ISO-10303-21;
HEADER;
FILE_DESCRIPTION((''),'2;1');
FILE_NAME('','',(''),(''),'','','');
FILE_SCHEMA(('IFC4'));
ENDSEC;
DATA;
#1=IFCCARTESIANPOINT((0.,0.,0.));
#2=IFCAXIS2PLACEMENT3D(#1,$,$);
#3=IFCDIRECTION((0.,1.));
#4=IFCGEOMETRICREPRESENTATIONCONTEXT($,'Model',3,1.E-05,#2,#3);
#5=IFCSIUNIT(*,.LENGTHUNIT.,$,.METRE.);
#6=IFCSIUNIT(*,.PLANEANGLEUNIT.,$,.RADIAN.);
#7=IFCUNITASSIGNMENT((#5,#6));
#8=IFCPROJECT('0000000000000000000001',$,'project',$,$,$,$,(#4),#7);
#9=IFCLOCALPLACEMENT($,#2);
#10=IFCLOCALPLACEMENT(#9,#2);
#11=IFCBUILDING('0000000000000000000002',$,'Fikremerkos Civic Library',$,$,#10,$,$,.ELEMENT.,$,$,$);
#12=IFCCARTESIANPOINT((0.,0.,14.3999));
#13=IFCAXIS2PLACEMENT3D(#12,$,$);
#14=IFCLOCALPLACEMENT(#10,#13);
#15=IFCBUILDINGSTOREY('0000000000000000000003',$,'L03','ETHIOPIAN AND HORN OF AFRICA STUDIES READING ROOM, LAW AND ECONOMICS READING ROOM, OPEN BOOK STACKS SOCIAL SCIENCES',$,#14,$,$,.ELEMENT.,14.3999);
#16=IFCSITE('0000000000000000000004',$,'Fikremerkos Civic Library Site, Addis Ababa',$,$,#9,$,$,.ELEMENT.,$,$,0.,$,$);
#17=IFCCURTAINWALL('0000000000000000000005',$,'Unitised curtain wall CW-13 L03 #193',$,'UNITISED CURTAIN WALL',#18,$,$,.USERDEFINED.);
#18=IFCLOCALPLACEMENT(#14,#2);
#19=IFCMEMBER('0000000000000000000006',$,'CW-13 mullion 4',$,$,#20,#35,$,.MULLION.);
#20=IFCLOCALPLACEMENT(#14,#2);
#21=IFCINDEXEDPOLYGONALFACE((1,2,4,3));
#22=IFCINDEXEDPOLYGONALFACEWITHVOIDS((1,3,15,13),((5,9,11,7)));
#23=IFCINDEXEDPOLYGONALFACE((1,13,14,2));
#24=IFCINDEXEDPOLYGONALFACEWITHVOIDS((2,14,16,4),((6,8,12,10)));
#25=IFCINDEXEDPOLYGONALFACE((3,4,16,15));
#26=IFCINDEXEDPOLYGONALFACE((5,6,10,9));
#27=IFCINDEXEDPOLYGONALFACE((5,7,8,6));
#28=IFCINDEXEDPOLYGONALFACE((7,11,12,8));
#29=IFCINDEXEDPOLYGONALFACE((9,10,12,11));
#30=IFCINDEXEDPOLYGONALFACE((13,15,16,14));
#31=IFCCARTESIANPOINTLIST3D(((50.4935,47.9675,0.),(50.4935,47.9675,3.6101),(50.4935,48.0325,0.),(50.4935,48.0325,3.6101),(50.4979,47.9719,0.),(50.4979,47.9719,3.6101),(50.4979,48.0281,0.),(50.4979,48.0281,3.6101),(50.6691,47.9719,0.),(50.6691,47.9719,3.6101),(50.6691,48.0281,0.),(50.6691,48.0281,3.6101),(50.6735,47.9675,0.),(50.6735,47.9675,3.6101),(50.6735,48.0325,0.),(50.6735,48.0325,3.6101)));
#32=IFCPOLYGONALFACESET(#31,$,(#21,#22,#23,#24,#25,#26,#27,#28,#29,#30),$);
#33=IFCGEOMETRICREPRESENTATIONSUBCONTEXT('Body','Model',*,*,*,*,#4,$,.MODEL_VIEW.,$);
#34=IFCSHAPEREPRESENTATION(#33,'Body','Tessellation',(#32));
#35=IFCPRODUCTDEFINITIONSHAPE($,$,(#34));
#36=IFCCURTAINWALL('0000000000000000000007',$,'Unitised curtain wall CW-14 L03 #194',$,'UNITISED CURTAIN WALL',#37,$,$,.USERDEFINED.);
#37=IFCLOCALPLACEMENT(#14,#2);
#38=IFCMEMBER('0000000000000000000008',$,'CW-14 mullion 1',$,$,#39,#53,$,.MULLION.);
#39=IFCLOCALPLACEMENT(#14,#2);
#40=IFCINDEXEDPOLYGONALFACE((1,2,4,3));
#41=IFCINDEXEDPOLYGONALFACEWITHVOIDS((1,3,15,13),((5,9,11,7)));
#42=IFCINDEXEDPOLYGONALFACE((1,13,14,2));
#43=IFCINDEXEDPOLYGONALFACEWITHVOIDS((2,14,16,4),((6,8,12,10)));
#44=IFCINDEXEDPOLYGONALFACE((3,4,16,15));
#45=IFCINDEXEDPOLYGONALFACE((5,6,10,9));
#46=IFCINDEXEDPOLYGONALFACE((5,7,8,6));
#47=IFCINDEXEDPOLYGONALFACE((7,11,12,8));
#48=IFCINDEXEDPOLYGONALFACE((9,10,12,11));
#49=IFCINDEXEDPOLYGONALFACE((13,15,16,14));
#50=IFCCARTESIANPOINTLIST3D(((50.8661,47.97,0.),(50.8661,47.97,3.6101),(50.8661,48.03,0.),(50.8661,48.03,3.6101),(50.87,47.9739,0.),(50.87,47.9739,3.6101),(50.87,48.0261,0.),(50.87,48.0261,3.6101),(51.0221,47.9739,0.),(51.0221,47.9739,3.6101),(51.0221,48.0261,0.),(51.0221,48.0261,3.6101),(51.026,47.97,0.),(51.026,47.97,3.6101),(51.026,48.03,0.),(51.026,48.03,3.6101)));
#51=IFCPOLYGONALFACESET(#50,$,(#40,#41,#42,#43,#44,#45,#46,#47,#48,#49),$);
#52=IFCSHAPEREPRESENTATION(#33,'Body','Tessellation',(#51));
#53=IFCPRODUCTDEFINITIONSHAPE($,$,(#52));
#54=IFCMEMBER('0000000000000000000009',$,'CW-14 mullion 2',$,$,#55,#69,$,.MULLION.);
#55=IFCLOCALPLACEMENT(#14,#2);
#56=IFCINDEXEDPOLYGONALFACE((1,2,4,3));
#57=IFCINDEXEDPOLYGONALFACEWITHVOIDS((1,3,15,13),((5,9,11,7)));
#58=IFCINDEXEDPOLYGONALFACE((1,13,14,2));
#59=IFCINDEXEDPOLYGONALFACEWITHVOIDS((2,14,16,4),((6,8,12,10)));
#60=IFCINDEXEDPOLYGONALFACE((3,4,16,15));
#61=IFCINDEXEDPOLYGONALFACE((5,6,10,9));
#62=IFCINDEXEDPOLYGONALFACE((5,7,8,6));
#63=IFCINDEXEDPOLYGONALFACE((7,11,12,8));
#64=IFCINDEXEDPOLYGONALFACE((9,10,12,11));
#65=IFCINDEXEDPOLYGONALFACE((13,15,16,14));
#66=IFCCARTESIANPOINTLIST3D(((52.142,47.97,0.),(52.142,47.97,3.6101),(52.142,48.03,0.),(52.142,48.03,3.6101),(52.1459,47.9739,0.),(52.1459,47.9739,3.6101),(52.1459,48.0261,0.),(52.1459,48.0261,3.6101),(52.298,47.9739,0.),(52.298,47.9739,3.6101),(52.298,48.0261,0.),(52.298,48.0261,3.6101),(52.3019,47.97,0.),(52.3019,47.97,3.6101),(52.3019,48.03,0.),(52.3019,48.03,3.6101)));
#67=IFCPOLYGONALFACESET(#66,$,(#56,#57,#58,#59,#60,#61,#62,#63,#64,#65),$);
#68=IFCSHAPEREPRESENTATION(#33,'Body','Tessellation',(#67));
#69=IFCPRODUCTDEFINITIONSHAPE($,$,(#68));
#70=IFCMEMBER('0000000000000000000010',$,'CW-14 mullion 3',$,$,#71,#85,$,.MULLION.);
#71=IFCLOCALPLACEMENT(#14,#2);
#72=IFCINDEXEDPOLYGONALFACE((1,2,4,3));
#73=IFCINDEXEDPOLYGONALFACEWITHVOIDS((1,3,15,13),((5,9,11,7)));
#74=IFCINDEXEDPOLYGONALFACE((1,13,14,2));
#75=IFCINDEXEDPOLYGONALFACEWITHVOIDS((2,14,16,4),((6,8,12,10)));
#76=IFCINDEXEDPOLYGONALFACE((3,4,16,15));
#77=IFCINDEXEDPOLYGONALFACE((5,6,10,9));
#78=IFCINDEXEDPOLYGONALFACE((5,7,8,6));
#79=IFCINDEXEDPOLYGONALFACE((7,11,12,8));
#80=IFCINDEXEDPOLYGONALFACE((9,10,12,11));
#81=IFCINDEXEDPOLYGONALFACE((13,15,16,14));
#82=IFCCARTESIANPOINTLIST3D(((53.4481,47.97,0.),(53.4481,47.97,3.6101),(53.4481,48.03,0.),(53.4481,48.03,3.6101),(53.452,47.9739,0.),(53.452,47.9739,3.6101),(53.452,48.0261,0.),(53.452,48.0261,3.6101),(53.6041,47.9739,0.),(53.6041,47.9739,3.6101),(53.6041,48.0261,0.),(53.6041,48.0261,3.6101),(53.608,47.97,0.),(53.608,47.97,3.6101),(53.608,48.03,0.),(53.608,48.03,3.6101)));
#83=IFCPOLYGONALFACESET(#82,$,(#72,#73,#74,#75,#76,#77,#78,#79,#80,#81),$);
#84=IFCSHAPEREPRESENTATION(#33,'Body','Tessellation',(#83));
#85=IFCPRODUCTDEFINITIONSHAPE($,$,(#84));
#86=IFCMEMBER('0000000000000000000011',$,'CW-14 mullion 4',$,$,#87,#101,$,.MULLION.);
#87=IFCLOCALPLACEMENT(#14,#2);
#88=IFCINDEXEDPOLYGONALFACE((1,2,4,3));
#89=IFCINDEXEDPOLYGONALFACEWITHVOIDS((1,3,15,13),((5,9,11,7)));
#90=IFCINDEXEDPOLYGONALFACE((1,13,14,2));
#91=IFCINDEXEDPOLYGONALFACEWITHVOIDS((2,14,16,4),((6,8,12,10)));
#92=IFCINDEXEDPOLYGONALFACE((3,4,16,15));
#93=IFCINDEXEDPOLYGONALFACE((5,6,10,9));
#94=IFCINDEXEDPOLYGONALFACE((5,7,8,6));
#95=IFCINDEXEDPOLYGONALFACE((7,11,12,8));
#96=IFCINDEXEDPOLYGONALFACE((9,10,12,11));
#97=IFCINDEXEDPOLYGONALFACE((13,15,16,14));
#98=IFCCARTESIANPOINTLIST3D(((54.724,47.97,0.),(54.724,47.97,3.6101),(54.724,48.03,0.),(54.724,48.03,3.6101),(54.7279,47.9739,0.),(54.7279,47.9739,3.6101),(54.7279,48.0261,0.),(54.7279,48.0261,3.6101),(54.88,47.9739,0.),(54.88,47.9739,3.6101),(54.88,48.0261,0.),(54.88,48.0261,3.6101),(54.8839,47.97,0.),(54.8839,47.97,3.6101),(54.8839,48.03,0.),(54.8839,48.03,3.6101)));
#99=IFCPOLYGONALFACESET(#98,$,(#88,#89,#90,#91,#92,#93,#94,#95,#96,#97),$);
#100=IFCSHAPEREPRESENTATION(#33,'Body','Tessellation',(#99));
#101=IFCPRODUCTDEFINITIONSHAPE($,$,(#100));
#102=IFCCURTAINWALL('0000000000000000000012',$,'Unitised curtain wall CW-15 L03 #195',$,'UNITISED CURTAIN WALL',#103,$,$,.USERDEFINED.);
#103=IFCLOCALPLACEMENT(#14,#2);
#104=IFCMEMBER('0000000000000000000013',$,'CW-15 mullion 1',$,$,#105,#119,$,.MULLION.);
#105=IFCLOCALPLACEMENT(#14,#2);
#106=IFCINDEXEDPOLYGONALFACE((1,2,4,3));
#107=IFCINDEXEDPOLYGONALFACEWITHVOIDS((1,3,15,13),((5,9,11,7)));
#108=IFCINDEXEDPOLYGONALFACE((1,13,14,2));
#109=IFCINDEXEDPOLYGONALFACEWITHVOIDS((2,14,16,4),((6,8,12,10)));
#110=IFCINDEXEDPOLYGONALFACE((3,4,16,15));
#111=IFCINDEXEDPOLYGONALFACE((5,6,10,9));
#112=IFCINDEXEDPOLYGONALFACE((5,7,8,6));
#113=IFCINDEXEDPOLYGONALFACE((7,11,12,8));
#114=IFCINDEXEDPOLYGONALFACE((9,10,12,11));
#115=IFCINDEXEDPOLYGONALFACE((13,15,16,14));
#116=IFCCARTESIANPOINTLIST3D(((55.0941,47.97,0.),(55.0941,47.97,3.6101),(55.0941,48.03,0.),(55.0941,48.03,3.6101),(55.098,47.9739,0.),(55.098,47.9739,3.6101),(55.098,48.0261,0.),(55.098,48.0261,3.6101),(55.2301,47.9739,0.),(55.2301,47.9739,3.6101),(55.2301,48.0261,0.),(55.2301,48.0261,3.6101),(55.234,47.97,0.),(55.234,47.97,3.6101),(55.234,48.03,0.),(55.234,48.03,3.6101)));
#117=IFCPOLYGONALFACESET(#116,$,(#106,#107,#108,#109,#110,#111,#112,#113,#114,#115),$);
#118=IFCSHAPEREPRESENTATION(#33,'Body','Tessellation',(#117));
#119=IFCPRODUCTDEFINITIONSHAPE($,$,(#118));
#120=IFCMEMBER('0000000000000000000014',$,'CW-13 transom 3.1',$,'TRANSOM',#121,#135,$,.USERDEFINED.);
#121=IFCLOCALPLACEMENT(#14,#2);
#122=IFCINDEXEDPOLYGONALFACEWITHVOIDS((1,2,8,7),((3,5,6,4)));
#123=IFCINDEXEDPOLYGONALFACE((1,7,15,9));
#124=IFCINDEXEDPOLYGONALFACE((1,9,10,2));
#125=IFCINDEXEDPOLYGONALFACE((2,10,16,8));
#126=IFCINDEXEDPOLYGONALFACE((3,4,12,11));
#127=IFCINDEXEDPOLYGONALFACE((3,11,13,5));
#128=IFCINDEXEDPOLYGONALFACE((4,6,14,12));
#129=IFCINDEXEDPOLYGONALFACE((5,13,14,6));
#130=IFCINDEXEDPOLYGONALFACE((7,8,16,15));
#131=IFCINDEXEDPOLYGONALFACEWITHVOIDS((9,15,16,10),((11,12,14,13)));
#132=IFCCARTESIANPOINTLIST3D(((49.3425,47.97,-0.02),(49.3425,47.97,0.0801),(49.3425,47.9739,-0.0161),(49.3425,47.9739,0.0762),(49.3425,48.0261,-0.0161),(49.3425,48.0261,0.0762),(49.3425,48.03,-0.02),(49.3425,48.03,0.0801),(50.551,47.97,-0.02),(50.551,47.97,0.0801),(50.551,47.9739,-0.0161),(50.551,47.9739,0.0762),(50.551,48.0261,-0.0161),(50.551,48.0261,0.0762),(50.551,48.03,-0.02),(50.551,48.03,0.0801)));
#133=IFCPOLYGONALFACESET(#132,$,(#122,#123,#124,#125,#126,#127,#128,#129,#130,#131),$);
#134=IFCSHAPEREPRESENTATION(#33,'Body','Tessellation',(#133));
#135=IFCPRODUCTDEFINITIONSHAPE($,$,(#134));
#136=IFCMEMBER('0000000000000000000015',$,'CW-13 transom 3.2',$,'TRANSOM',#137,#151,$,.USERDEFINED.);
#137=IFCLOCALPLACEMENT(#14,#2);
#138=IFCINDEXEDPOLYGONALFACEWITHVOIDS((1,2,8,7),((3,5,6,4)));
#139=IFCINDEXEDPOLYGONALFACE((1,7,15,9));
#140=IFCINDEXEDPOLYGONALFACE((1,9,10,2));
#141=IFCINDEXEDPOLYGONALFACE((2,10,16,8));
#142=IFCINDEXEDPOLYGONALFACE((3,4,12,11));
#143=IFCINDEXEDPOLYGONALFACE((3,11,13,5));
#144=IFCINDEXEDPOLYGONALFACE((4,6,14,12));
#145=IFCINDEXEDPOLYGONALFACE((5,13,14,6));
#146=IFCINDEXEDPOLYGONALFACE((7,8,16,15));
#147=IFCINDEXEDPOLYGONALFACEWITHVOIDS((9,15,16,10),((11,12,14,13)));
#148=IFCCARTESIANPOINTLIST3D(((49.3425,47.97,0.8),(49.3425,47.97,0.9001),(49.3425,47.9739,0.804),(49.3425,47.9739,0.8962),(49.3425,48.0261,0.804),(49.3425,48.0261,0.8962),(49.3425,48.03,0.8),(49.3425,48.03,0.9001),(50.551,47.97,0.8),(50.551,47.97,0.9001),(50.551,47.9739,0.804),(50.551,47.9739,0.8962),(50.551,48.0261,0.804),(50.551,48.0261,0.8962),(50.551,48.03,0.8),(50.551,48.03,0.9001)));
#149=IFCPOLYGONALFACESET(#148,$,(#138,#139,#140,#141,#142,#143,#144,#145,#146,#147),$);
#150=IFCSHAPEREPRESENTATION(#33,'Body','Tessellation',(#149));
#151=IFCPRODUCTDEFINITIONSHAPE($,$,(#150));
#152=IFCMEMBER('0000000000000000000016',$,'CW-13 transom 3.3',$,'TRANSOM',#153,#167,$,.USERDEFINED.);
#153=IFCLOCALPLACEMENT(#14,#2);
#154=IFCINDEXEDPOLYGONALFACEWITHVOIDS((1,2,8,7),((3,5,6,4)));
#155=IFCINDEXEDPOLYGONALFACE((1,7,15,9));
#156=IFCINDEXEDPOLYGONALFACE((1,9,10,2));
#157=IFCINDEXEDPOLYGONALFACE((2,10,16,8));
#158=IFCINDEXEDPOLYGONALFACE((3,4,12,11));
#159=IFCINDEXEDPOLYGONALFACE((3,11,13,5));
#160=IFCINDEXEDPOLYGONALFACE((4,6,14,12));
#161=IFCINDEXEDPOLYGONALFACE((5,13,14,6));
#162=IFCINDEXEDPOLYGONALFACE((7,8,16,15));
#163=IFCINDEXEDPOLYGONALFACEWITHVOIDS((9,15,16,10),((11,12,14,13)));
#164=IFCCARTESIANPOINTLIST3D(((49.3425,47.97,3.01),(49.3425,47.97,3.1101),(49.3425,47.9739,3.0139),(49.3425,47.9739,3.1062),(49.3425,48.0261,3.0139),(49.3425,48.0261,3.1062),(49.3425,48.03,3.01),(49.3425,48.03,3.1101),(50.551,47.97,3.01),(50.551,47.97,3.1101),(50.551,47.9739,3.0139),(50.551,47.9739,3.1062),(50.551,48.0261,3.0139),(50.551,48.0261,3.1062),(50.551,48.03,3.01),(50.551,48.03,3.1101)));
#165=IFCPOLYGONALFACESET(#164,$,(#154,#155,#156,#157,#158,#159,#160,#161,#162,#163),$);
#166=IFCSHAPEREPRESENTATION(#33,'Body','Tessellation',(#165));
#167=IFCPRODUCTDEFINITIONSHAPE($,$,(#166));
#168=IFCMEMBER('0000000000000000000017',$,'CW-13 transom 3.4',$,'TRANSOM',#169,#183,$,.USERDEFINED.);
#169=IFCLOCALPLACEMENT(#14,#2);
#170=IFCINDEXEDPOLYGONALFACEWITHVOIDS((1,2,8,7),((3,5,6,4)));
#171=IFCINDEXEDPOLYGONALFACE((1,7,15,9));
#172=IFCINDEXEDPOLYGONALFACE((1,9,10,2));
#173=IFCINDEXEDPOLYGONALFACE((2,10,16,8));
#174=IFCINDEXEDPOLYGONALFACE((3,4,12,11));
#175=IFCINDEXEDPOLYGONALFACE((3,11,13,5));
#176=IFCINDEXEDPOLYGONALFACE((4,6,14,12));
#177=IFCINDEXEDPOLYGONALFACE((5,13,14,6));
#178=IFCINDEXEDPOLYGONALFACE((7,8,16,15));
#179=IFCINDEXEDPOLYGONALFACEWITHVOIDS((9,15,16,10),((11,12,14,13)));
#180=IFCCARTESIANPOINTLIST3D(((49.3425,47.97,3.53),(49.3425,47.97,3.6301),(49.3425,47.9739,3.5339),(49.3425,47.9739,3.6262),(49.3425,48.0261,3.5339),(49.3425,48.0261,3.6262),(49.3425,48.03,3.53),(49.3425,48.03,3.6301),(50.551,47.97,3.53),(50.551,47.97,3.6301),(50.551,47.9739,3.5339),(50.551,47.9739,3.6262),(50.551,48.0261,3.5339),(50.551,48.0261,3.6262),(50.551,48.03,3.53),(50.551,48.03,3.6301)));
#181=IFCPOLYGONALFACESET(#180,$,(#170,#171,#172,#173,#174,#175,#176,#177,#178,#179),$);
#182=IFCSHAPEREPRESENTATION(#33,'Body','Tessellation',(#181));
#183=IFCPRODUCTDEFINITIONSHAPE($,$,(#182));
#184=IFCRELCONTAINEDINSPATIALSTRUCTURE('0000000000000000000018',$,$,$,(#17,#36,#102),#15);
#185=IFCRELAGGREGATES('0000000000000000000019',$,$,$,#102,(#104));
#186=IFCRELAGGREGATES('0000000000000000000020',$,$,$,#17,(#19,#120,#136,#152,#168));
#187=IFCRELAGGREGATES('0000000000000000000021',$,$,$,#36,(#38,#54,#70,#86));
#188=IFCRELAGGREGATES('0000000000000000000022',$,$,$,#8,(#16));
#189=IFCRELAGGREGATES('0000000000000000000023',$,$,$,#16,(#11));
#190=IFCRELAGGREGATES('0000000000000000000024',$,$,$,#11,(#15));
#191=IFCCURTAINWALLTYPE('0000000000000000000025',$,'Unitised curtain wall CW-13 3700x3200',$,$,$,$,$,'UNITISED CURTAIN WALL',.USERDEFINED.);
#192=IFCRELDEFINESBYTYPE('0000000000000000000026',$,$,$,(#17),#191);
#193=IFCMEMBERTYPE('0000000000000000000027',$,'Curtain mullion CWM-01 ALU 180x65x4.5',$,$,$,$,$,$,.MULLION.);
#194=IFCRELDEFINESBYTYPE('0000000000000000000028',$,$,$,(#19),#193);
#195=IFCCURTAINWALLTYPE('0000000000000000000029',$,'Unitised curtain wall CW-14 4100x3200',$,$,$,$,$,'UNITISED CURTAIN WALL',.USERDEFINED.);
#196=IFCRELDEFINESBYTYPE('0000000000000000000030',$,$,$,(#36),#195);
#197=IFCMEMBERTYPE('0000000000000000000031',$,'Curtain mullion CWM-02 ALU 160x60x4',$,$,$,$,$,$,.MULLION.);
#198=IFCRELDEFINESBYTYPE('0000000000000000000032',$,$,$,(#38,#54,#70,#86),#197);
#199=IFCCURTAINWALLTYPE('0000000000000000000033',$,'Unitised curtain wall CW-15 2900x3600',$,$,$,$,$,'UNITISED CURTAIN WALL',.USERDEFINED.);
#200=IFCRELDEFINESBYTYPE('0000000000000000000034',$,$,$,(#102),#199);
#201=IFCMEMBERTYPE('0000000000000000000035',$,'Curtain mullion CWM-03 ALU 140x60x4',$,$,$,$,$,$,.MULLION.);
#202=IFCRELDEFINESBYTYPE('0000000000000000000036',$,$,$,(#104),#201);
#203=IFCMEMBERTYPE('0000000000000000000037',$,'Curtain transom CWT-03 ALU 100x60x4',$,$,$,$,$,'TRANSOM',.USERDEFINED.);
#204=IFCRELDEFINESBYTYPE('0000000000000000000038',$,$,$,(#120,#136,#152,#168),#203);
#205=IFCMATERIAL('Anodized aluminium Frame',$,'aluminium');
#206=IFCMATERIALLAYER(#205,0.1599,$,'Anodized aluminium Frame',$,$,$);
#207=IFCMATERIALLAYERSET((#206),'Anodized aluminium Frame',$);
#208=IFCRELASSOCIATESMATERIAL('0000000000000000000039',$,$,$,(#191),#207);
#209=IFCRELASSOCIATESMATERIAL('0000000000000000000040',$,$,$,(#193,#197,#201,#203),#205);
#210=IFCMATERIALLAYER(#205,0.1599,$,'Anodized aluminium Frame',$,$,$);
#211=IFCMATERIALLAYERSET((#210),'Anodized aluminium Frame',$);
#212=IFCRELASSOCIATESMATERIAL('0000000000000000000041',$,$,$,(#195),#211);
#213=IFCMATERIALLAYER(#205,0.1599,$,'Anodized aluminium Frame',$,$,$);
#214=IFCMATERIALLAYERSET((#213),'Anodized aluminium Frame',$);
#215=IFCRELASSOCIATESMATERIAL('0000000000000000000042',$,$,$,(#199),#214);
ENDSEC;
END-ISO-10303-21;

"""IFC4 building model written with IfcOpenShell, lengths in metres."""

from ifc_helpers import new_model, si_unit, direction, frame, origin, origin_2d, place, context, subcontext, project, spatial, hollow_rectangle, extrude, material, layer, layer_set, material_profile, profile_set, type_object, element, aggregate, save


model = new_model("IFC4")

# Units and contexts
model_context = context("Model", 3, precision=1e-05, world=origin(), true_north=direction((0.0, 1.0)))
body_context = subcontext(model_context, "Body", "Model", "MODEL_VIEW")
ifc_project = project(units=[si_unit("LENGTHUNIT", "METRE"), si_unit("PLANEANGLEUNIT", "RADIAN")], contexts=[model_context])

# Site, building, storey
site_placement = place(None, origin())
site = spatial("IfcSite", under=ifc_project, at=site_placement, Name="Fikremerkos Civic Library Site, Addis Ababa", CompositionType="ELEMENT", RefElevation=0.0)
building_placement = place(site_placement, origin())
building = spatial("IfcBuilding", under=site, at=building_placement, Name="Fikremerkos Civic Library", CompositionType="ELEMENT")
storey_placement = place(building_placement, frame((0.0, 0.0, 14.3999)))
storey = spatial("IfcBuildingStorey", under=building, at=storey_placement, Name="L03", Description="ETHIOPIAN AND HORN OF AFRICA STUDIES READING ROOM, LAW AND ECONOMICS READING ROOM, OPEN BOOK STACKS SOCIAL SCIENCES", CompositionType="ELEMENT", Elevation=14.3999)

# Curtain wall, member
ifc_material_1 = material(Name="Anodized aluminium Frame", Category="aluminium")
ifc_layer_1 = layer(ifc_material_1, 0.1599, Name="Anodized aluminium Frame")
ifc_layer_set_1 = layer_set([ifc_layer_1], Name="Anodized aluminium Frame")
curtain_wall_type_1 = type_object("IfcCurtainWallType", Name="Unitised curtain wall CW-13 3700x3200", ElementType="UNITISED CURTAIN WALL", PredefinedType="USERDEFINED", material=ifc_layer_set_1)
curtain_wall_1_placement = place(storey_placement, origin())
curtain_wall_1 = element("IfcCurtainWall", 1, at=curtain_wall_1_placement, inside=storey, type_object=curtain_wall_type_1, Name="Unitised curtain wall CW-13 L03 #193", ObjectType="UNITISED CURTAIN WALL", PredefinedType="USERDEFINED")
ifc_material_profile_1 = material_profile(ifc_material_1, hollow_rectangle(XDim=0.0649, YDim=0.1799, WallThickness=0.0044, at=origin_2d()), Name="ALU 180x65x4.5")
ifc_profile_set_1 = profile_set([ifc_material_profile_1], Name="Anodized aluminium Frame")
member_type_1 = type_object("IfcMemberType", Name="Curtain mullion CWM-01 ALU 180x65x4.5", PredefinedType="MULLION", material=ifc_profile_set_1)
member_1_placement = place(storey_placement, frame((50.5835, 48.0, 0.0), z_axis=(0.0, 0.0, 1.0), x_axis=(0.0, 1.0, 0.0)))
member_1 = element("IfcMember", 2, at=member_1_placement, type_object=member_type_1, Name="CW-13 mullion 4", PredefinedType="MULLION", context=body_context, shape_type="SweptSolid", body=[
    extrude(hollow_rectangle(XDim=0.0649, YDim=0.1799, WallThickness=0.0044, at=origin_2d()), origin(), (0.0, 0.0, 1.0), 3.6101),
])

# Curtain wall, members
ifc_layer_2 = layer(ifc_material_1, 0.1599, Name="Anodized aluminium Frame")
ifc_layer_set_2 = layer_set([ifc_layer_2], Name="Anodized aluminium Frame")
curtain_wall_type_2 = type_object("IfcCurtainWallType", Name="Unitised curtain wall CW-14 4100x3200", ElementType="UNITISED CURTAIN WALL", PredefinedType="USERDEFINED", material=ifc_layer_set_2)
curtain_wall_2_placement = place(storey_placement, origin())
curtain_wall_2 = element("IfcCurtainWall", 3, at=curtain_wall_2_placement, inside=storey, type_object=curtain_wall_type_2, Name="Unitised curtain wall CW-14 L03 #194", ObjectType="UNITISED CURTAIN WALL", PredefinedType="USERDEFINED")
ifc_material_profile_2 = material_profile(ifc_material_1, hollow_rectangle(XDim=0.0601, YDim=0.1599, WallThickness=0.0039, at=origin_2d()), Name="ALU 160x60x4")
ifc_profile_set_2 = profile_set([ifc_material_profile_2], Name="Anodized aluminium Frame")
member_type_2 = type_object("IfcMemberType", Name="Curtain mullion CWM-02 ALU 160x60x4", PredefinedType="MULLION", material=ifc_profile_set_2)
member_2_placement = place(storey_placement, frame((50.946, 48.0, 0.0), z_axis=(0.0, 0.0, 1.0), x_axis=(0.0, 1.0, 0.0)))
member_2 = element("IfcMember", 4, at=member_2_placement, type_object=member_type_2, Name="CW-14 mullion 1", PredefinedType="MULLION", context=body_context, shape_type="SweptSolid", body=[
    extrude(hollow_rectangle(XDim=0.0601, YDim=0.1599, WallThickness=0.0039, at=origin_2d()), origin(), (0.0, 0.0, 1.0), 3.6101),
])
member_3_placement = place(storey_placement, frame((52.2219, 48.0, 0.0), z_axis=(0.0, 0.0, 1.0), x_axis=(0.0, 1.0, 0.0)))
member_3 = element("IfcMember", 5, at=member_3_placement, type_object=member_type_2, Name="CW-14 mullion 2", PredefinedType="MULLION", context=body_context, shape_type="SweptSolid", body=[
    extrude(hollow_rectangle(XDim=0.0601, YDim=0.1599, WallThickness=0.0039, at=origin_2d()), origin(), (0.0, 0.0, 1.0), 3.6101),
])
member_4_placement = place(storey_placement, frame((53.5281, 48.0, 0.0), z_axis=(0.0, 0.0, 1.0), x_axis=(0.0, 1.0, 0.0)))
member_4 = element("IfcMember", 6, at=member_4_placement, type_object=member_type_2, Name="CW-14 mullion 3", PredefinedType="MULLION", context=body_context, shape_type="SweptSolid", body=[
    extrude(hollow_rectangle(XDim=0.0601, YDim=0.1599, WallThickness=0.0039, at=origin_2d()), origin(), (0.0, 0.0, 1.0), 3.6101),
])
member_5_placement = place(storey_placement, frame((54.804, 48.0, 0.0), z_axis=(0.0, 0.0, 1.0), x_axis=(0.0, 1.0, 0.0)))
member_5 = element("IfcMember", 7, at=member_5_placement, type_object=member_type_2, Name="CW-14 mullion 4", PredefinedType="MULLION", context=body_context, shape_type="SweptSolid", body=[
    extrude(hollow_rectangle(XDim=0.0601, YDim=0.1599, WallThickness=0.0039, at=origin_2d()), origin(), (0.0, 0.0, 1.0), 3.6101),
])

# Curtain wall, member
ifc_layer_3 = layer(ifc_material_1, 0.1599, Name="Anodized aluminium Frame")
ifc_layer_set_3 = layer_set([ifc_layer_3], Name="Anodized aluminium Frame")
curtain_wall_type_3 = type_object("IfcCurtainWallType", Name="Unitised curtain wall CW-15 2900x3600", ElementType="UNITISED CURTAIN WALL", PredefinedType="USERDEFINED", material=ifc_layer_set_3)
curtain_wall_3_placement = place(storey_placement, origin())
curtain_wall_3 = element("IfcCurtainWall", 8, at=curtain_wall_3_placement, inside=storey, type_object=curtain_wall_type_3, Name="Unitised curtain wall CW-15 L03 #195", ObjectType="UNITISED CURTAIN WALL", PredefinedType="USERDEFINED")
ifc_material_profile_3 = material_profile(ifc_material_1, hollow_rectangle(XDim=0.0601, YDim=0.1399, WallThickness=0.0039, at=origin_2d()), Name="ALU 140x60x4")
ifc_profile_set_3 = profile_set([ifc_material_profile_3], Name="Anodized aluminium Frame")
member_type_3 = type_object("IfcMemberType", Name="Curtain mullion CWM-03 ALU 140x60x4", PredefinedType="MULLION", material=ifc_profile_set_3)
member_6_placement = place(storey_placement, frame((55.1641, 48.0, 0.0), z_axis=(0.0, 0.0, 1.0), x_axis=(0.0, 1.0, 0.0)))
member_6 = element("IfcMember", 9, at=member_6_placement, type_object=member_type_3, Name="CW-15 mullion 1", PredefinedType="MULLION", context=body_context, shape_type="SweptSolid", body=[
    extrude(hollow_rectangle(XDim=0.0601, YDim=0.1399, WallThickness=0.0039, at=origin_2d()), origin(), (0.0, 0.0, 1.0), 3.6101),
])

# Members
ifc_material_profile_4 = material_profile(ifc_material_1, hollow_rectangle(XDim=0.0601, YDim=0.1001, WallThickness=0.0039, at=origin_2d()), Name="ALU 100x60x4")
ifc_profile_set_4 = profile_set([ifc_material_profile_4], Name="Anodized aluminium Frame")
member_type_4 = type_object("IfcMemberType", Name="Curtain transom CWT-03 ALU 100x60x4", ElementType="TRANSOM", PredefinedType="USERDEFINED", material=ifc_profile_set_4)
member_7_placement = place(storey_placement, frame((49.3425, 48.0, 0.03), z_axis=(1.0, 0.0, 0.0), x_axis=(0.0, 1.0, 0.0)))
member_7 = element("IfcMember", 10, at=member_7_placement, type_object=member_type_4, Name="CW-13 transom 3.1", ObjectType="TRANSOM", PredefinedType="USERDEFINED", context=body_context, shape_type="SweptSolid", body=[
    extrude(hollow_rectangle(XDim=0.0601, YDim=0.1001, WallThickness=0.0039, at=origin_2d()), origin(), (0.0, 0.0, 1.0), 1.2085),
])
member_8_placement = place(storey_placement, frame((49.3425, 48.0, 0.8501), z_axis=(1.0, 0.0, 0.0), x_axis=(0.0, 1.0, 0.0)))
member_8 = element("IfcMember", 11, at=member_8_placement, type_object=member_type_4, Name="CW-13 transom 3.2", ObjectType="TRANSOM", PredefinedType="USERDEFINED", context=body_context, shape_type="SweptSolid", body=[
    extrude(hollow_rectangle(XDim=0.0601, YDim=0.1001, WallThickness=0.0039, at=origin_2d()), origin(), (0.0, 0.0, 1.0), 1.2085),
])
member_9_placement = place(storey_placement, frame((49.3425, 48.0, 3.0601), z_axis=(1.0, 0.0, 0.0), x_axis=(0.0, 1.0, 0.0)))
member_9 = element("IfcMember", 12, at=member_9_placement, type_object=member_type_4, Name="CW-13 transom 3.3", ObjectType="TRANSOM", PredefinedType="USERDEFINED", context=body_context, shape_type="SweptSolid", body=[
    extrude(hollow_rectangle(XDim=0.0601, YDim=0.1001, WallThickness=0.0039, at=origin_2d()), origin(), (0.0, 0.0, 1.0), 1.2085),
])
member_10_placement = place(storey_placement, frame((49.3425, 48.0, 3.5801), z_axis=(1.0, 0.0, 0.0), x_axis=(0.0, 1.0, 0.0)))
member_10 = element("IfcMember", 13, at=member_10_placement, type_object=member_type_4, Name="CW-13 transom 3.4", ObjectType="TRANSOM", PredefinedType="USERDEFINED", context=body_context, shape_type="SweptSolid", body=[
    extrude(hollow_rectangle(XDim=0.0601, YDim=0.1001, WallThickness=0.0039, at=origin_2d()), origin(), (0.0, 0.0, 1.0), 1.2085),
])
aggregate(curtain_wall_3, [member_6])

aggregate(curtain_wall_1, [member_1, member_7, member_8, member_9, member_10])
aggregate(curtain_wall_2, [member_2, member_3, member_4, member_5])

save(model, "model.ifc")
